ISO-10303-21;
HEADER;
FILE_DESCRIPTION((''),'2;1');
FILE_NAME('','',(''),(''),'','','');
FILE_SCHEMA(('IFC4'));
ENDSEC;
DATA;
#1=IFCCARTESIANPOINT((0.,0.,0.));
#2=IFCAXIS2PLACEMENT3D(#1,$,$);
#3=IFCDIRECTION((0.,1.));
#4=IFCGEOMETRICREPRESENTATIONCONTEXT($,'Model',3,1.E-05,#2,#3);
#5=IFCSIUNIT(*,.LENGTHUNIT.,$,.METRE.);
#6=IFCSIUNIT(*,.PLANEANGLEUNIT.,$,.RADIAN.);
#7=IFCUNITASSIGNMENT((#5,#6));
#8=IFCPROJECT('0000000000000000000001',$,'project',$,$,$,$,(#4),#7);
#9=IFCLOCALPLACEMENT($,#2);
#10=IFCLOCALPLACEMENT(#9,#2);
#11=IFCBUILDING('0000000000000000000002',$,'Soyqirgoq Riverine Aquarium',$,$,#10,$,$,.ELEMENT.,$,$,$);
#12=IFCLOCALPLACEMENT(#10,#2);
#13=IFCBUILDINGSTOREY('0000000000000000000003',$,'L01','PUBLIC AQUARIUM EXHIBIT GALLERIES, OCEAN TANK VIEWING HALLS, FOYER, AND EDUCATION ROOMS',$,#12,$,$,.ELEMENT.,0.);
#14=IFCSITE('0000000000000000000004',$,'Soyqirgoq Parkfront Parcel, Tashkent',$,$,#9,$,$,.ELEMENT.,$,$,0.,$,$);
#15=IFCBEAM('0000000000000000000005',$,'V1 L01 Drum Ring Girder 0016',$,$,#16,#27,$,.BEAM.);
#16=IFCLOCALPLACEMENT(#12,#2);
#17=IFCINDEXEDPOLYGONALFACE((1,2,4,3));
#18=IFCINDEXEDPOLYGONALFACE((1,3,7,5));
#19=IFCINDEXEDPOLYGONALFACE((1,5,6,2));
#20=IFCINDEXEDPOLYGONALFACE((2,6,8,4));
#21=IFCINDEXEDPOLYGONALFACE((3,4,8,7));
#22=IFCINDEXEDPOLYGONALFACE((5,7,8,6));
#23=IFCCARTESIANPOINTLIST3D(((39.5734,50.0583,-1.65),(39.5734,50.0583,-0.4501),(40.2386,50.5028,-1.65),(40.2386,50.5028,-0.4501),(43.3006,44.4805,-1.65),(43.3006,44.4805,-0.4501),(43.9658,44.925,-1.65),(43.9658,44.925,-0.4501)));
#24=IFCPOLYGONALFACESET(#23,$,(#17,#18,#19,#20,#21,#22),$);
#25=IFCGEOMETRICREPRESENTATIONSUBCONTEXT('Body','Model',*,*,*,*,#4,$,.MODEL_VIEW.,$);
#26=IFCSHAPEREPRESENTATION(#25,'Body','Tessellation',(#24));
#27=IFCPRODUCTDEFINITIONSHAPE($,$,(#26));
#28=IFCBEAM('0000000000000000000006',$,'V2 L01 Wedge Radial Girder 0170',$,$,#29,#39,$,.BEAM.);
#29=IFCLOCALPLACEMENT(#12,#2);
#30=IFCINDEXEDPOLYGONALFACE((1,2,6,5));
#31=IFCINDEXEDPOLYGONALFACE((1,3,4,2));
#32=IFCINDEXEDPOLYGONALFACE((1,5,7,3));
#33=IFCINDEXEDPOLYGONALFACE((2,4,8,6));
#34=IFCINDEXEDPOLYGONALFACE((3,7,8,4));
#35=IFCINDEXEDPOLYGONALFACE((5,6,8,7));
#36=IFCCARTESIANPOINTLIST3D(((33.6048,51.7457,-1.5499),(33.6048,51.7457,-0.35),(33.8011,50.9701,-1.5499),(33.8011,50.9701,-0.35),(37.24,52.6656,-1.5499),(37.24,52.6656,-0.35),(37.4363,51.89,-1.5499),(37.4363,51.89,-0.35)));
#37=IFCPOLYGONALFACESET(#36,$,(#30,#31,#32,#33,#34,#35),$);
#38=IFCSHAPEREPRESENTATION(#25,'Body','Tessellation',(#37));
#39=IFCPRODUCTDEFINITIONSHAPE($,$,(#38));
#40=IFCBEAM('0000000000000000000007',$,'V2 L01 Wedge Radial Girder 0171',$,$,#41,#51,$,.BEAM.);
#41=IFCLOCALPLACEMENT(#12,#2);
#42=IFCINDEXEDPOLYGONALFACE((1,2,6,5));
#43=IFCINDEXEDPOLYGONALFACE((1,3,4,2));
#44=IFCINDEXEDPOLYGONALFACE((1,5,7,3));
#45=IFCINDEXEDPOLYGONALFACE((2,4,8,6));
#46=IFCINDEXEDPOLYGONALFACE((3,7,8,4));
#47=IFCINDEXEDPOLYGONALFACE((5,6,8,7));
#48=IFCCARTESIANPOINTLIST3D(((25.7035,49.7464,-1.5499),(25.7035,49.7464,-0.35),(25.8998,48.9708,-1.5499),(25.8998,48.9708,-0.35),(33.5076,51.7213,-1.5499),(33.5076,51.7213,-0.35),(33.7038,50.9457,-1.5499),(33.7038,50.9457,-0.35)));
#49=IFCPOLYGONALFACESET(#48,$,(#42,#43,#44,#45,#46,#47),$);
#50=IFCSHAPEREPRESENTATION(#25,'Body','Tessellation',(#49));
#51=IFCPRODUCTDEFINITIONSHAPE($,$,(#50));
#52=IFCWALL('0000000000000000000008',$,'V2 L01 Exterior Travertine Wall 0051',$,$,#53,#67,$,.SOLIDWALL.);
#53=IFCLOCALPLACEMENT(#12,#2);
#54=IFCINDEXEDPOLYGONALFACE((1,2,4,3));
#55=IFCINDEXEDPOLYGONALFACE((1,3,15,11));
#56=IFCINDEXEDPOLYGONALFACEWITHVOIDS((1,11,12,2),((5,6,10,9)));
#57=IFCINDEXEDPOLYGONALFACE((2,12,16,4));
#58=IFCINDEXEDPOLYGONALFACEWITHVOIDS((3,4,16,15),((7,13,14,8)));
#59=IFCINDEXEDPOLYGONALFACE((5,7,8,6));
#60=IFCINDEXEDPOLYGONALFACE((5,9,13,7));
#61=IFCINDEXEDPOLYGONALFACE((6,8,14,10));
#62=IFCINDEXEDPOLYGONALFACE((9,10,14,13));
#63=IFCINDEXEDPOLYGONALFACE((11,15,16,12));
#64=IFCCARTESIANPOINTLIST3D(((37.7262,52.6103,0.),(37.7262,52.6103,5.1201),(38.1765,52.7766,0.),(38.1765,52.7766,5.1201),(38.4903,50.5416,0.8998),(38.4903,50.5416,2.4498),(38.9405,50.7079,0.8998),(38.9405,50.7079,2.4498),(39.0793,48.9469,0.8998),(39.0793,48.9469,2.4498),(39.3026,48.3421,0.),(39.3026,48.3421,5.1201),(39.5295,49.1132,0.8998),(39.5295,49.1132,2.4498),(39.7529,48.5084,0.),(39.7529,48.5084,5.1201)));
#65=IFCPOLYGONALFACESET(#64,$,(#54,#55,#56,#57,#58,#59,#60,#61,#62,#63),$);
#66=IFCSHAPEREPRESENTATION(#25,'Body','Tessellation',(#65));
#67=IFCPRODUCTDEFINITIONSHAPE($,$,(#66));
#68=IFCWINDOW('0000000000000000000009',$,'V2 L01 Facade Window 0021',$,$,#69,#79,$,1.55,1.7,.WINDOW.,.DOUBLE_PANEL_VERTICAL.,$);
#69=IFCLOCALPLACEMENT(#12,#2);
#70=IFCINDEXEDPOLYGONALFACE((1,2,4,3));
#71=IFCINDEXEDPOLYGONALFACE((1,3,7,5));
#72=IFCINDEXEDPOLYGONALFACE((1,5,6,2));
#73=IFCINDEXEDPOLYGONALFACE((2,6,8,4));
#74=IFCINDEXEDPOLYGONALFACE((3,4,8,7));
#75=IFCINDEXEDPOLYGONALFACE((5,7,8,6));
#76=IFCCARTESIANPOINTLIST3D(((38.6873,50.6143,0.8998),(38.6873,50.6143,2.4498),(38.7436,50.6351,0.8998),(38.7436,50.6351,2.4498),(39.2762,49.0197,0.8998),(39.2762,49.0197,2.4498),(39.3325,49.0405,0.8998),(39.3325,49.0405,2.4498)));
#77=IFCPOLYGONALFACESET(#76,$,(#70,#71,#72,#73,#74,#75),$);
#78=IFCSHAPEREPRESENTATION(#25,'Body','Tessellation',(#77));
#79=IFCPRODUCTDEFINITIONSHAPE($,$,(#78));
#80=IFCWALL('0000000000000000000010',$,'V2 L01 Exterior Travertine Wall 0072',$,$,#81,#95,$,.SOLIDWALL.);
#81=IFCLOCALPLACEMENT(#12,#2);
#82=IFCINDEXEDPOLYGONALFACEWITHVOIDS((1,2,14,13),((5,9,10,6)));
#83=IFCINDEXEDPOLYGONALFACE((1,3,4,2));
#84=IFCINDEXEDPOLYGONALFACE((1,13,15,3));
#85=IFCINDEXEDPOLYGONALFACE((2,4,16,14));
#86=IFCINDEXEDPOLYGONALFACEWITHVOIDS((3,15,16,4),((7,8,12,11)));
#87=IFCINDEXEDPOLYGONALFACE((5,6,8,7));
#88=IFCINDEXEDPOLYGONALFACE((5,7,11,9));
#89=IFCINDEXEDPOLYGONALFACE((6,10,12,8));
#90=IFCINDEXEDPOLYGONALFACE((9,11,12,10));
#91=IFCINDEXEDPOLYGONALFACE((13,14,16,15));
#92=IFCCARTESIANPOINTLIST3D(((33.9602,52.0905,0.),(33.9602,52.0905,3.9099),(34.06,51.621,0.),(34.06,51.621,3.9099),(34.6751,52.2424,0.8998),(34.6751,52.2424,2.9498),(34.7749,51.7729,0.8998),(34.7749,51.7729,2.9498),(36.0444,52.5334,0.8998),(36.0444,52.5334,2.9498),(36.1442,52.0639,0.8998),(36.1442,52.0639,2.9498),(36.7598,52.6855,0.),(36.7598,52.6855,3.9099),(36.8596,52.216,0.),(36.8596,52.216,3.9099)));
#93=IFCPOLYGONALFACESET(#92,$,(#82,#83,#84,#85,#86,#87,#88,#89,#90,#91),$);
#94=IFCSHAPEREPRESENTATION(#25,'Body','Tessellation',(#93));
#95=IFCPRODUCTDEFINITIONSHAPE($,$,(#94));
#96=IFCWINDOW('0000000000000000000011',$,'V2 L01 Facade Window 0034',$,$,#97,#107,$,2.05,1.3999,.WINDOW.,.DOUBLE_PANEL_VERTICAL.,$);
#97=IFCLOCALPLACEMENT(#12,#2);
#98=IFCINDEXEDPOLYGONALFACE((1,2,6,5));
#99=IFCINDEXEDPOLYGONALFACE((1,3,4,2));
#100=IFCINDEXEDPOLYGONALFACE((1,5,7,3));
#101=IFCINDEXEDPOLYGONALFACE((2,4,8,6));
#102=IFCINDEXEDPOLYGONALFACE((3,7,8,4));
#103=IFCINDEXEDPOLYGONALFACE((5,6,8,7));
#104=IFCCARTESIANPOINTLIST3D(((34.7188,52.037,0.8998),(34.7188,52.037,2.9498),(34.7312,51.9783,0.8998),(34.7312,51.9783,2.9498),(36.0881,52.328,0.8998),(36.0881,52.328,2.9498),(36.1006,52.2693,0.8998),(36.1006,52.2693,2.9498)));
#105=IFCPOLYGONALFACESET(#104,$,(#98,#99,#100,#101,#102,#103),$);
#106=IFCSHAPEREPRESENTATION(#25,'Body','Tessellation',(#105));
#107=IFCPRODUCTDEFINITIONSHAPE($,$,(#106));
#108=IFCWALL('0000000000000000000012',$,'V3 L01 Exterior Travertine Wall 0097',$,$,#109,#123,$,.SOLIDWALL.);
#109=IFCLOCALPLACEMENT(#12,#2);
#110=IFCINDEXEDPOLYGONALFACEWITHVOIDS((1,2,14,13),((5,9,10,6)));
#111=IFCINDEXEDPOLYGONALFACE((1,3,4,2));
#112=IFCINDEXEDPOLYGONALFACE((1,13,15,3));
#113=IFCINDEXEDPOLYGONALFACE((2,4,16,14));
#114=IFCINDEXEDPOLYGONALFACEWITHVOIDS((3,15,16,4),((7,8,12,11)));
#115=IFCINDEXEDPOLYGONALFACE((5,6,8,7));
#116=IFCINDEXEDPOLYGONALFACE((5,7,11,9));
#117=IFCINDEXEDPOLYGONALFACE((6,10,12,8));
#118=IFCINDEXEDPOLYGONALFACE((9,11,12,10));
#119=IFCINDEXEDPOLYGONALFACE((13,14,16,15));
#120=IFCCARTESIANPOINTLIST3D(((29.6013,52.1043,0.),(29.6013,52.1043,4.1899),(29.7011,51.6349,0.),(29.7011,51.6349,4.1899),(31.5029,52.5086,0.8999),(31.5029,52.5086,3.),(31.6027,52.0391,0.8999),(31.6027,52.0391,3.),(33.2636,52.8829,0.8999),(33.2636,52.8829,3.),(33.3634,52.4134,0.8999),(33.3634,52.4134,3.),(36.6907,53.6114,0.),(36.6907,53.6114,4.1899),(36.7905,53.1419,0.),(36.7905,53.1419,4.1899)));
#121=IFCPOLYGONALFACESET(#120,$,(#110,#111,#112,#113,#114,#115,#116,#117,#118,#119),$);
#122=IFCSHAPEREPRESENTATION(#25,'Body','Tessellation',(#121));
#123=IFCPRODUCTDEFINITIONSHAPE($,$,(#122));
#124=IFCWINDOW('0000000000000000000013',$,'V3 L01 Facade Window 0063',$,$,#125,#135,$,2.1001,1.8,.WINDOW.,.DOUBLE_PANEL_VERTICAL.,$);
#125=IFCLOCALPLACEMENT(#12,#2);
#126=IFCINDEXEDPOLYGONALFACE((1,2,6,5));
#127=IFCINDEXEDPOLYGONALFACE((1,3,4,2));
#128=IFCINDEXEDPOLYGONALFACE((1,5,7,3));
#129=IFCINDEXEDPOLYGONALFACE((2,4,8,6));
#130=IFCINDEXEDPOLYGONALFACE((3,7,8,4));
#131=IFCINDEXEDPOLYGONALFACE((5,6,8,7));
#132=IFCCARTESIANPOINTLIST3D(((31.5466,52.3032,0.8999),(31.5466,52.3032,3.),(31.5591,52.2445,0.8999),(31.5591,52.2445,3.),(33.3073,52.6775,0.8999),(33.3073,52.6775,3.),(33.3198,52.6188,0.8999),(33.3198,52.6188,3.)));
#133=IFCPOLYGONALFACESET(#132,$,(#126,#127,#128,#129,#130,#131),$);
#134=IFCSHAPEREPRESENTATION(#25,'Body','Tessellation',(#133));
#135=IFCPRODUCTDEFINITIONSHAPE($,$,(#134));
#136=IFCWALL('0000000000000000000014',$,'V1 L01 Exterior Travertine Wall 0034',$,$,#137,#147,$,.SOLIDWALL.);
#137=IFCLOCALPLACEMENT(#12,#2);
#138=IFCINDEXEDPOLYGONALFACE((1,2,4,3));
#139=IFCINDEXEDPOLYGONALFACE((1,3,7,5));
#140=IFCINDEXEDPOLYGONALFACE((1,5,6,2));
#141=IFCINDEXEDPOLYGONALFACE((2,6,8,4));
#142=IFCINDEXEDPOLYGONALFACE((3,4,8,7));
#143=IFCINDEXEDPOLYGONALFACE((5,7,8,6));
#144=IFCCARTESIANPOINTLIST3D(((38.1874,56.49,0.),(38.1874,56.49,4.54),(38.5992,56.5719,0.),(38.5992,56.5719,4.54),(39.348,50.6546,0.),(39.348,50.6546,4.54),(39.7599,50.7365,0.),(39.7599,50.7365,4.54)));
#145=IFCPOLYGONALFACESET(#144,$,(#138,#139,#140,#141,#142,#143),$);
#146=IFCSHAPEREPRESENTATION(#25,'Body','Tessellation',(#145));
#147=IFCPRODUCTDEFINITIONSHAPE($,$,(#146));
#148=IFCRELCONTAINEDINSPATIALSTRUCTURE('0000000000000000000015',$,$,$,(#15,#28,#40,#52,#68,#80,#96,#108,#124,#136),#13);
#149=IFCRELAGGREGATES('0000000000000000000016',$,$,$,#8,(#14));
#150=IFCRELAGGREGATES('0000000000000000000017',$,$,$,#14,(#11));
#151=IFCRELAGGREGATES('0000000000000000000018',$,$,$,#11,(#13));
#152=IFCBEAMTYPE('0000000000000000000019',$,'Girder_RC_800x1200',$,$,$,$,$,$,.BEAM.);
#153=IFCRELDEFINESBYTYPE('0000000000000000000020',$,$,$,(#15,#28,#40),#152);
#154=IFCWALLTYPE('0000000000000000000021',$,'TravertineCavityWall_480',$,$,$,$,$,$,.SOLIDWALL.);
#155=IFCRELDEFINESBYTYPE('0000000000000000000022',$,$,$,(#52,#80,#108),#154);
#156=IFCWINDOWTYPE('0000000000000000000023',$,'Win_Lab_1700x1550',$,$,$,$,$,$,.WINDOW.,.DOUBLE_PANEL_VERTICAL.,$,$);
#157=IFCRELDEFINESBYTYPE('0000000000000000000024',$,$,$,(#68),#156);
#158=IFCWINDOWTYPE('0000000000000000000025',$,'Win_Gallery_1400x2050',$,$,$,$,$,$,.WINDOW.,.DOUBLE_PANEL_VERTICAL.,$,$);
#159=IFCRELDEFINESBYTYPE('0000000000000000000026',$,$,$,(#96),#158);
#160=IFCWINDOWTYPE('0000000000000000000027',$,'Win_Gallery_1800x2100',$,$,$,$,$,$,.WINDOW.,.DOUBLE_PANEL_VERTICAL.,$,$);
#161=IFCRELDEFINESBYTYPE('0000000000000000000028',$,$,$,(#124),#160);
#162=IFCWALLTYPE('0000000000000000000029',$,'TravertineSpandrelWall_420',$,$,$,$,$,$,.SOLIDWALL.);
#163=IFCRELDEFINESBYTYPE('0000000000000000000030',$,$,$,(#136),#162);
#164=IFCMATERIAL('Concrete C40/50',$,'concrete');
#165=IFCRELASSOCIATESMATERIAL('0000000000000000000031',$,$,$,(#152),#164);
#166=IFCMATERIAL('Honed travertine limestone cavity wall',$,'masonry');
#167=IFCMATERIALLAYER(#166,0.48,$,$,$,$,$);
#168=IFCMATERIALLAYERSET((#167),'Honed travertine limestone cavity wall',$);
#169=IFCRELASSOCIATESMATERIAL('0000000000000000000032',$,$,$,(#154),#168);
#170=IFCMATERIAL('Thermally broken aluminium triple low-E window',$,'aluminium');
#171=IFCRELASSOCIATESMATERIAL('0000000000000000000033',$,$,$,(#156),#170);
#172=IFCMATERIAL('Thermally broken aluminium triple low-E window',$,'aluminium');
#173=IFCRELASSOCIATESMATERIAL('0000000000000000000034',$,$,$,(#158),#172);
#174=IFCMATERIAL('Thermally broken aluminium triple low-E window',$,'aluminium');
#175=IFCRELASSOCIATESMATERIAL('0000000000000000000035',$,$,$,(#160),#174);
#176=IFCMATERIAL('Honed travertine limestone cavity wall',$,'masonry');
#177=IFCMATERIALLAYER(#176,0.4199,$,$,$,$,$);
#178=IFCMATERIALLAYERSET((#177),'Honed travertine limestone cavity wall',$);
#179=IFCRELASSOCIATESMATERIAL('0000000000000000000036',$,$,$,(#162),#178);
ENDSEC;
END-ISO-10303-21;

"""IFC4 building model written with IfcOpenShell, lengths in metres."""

from ifc_helpers import new_model, si_unit, direction, frame, frame_2d, origin, origin_2d, place, context, subcontext, project, spatial, rectangle, extrude, material, layer, layer_set, material_profile, profile_set, type_object, element, fill, save


model = new_model("IFC4")

# Units and contexts
model_context = context("Model", 3, precision=1e-05, world=origin(), true_north=direction((0.0, 1.0)))
body_context = subcontext(model_context, "Body", "Model", "MODEL_VIEW")
ifc_project = project(units=[si_unit("LENGTHUNIT", "METRE"), si_unit("PLANEANGLEUNIT", "RADIAN")], contexts=[model_context])

# Site, building, storey
site_placement = place(None, origin())
site = spatial("IfcSite", under=ifc_project, at=site_placement, Name="Soyqirgoq Parkfront Parcel, Tashkent", CompositionType="ELEMENT", RefElevation=0.0)
building_placement = place(site_placement, origin())
building = spatial("IfcBuilding", under=site, at=building_placement, Name="Soyqirgoq Riverine Aquarium", CompositionType="ELEMENT")
storey_placement = place(building_placement, origin())
storey = spatial("IfcBuildingStorey", under=building, at=storey_placement, Name="L01", Description="PUBLIC AQUARIUM EXHIBIT GALLERIES, OCEAN TANK VIEWING HALLS, FOYER, AND EDUCATION ROOMS", CompositionType="ELEMENT", Elevation=0.0)

# Beams
ifc_material_1 = material(Name="Concrete C40/50", Category="concrete")
ifc_material_profile_1 = material_profile(ifc_material_1, rectangle(XDim=0.8, YDim=1.2, at=origin_2d()), Name="RC 800x1200")
ifc_profile_set_1 = profile_set([ifc_material_profile_1], Name="Concrete C40/50")
beam_type_1 = type_object("IfcBeamType", Name="Girder_RC_800x1200", PredefinedType="BEAM", material=ifc_profile_set_1)
beam_1_placement = place(storey_placement, frame((39.906, 50.2805, -1.05), z_axis=(0.555598, -0.831451, 0.0), x_axis=(0.831451, 0.555598, 0.0)))
element("IfcBeam", 1, at=beam_1_placement, inside=storey, type_object=beam_type_1, Name="V1 L01 Drum Ring Girder 0016", PredefinedType="BEAM", context=body_context, shape_type="SweptSolid", body=[
    extrude(rectangle(XDim=0.8, YDim=1.2, at=origin_2d()), origin(), (0.0, 0.0, 1.0), 6.7085),
])
beam_2_placement = place(storey_placement, frame((37.3381, 52.2778, -0.95), z_axis=(-0.969441, -0.245323, 0.0), x_axis=(0.245323, -0.969441, 0.0)))
element("IfcBeam", 2, at=beam_2_placement, inside=storey, type_object=beam_type_1, Name="V2 L01 Wedge Radial Girder 0170", PredefinedType="BEAM", context=body_context, shape_type="SweptSolid", body=[
    extrude(rectangle(XDim=0.8, YDim=1.2, at=origin_2d()), origin(), (0.0, 0.0, 1.0), 3.7498),
])
beam_3_placement = place(storey_placement, frame((33.6057, 51.3335, -0.95), z_axis=(-0.969441, -0.245325, 0.0), x_axis=(0.245325, -0.969441, 0.0)))
element("IfcBeam", 3, at=beam_3_placement, inside=storey, type_object=beam_type_1, Name="V2 L01 Wedge Radial Girder 0171", PredefinedType="BEAM", context=body_context, shape_type="SweptSolid", body=[
    extrude(rectangle(XDim=0.8, YDim=1.2, at=origin_2d()), origin(), (0.0, 0.0, 1.0), 8.05),
])

# Walls, openings, windows
ifc_material_2 = material(Name="Honed travertine limestone cavity wall", Category="masonry")
ifc_layer_1 = layer(ifc_material_2, 0.48)
ifc_layer_set_1 = layer_set([ifc_layer_1], Name="Honed travertine limestone cavity wall")
wall_type_1 = type_object("IfcWallType", Name="TravertineCavityWall_480", PredefinedType="SOLIDWALL", material=ifc_layer_set_1)
wall_1_placement = place(storey_placement, frame((37.9514, 52.6934, 0.0), z_axis=(0.0, 0.0, 1.0), x_axis=(0.346456, -0.938066, 0.0)))
wall_1 = element("IfcWall", 4, at=wall_1_placement, inside=storey, type_object=wall_type_1, Name="V2 L01 Exterior Travertine Wall 0051", PredefinedType="SOLIDWALL", context=body_context, shape_type="SweptSolid", body=[
    extrude(rectangle(XDim=4.55, YDim=0.48, at=frame_2d((2.2749, 0.0))), origin(), (0.0, 0.0, 1.0), 5.1201),
])
opening_1_placement = place(wall_1_placement, frame((2.2051, 0.0, 0.8999)))
opening_1 = element("IfcOpeningElement", 5, at=opening_1_placement, cuts=wall_1, PredefinedType="OPENING", context=body_context, shape_type="SweptSolid", body=[
    extrude(rectangle(XDim=1.7, YDim=1.55, at=frame_2d((0.8501, 0.7749))), frame((0.0, 0.25, 0.0), z_axis=(0.0, -1.0, 0.0), x_axis=(1.0, 0.0, 0.0)), (0.0, 0.0, 1.0), 0.5),
])
ifc_material_3 = material(Name="Thermally broken aluminium triple low-E window", Category="aluminium")
window_type_1 = type_object("IfcWindowType", Name="Win_Lab_1700x1550", PartitioningType="DOUBLE_PANEL_VERTICAL", PredefinedType="WINDOW", material=ifc_material_3)
window_1_placement = place(opening_1_placement, origin())
window_1 = element("IfcWindow", 6, at=window_1_placement, inside=storey, type_object=window_type_1, Name="V2 L01 Facade Window 0021", OverallHeight=1.55, OverallWidth=1.7, PartitioningType="DOUBLE_PANEL_VERTICAL", PredefinedType="WINDOW", context=body_context, shape_type="SweptSolid", body=[
    extrude(rectangle(XDim=1.7, YDim=1.55, at=frame_2d((0.8501, 0.7749))), frame((0.0, 0.03, 0.0), z_axis=(0.0, -1.0, 0.0), x_axis=(1.0, 0.0, 0.0)), (0.0, 0.0, 1.0), 0.0601),
])
fill(opening_1, window_1)
wall_2_placement = place(storey_placement, frame((34.01, 51.8557, 0.0), z_axis=(0.0, 0.0, 1.0), x_axis=(0.978154, 0.20788, 0.0)))
wall_2 = element("IfcWall", 7, at=wall_2_placement, inside=storey, type_object=wall_type_1, Name="V2 L01 Exterior Travertine Wall 0072", PredefinedType="SOLIDWALL", context=body_context, shape_type="SweptSolid", body=[
    extrude(rectangle(XDim=2.8621, YDim=0.48, at=frame_2d((1.4312, 0.0))), origin(), (0.0, 0.0, 1.0), 3.9099),
])
opening_2_placement = place(wall_2_placement, frame((0.731, 0.0, 0.8999)))
opening_2 = element("IfcOpeningElement", 8, at=opening_2_placement, cuts=wall_2, PredefinedType="OPENING", context=body_context, shape_type="SweptSolid", body=[
    extrude(rectangle(XDim=1.3999, YDim=2.05, at=frame_2d((0.7, 1.0249))), frame((0.0, 0.25, 0.0), z_axis=(0.0, -1.0, 0.0), x_axis=(1.0, 0.0, 0.0)), (0.0, 0.0, 1.0), 0.5),
])
ifc_material_4 = material(Name="Thermally broken aluminium triple low-E window", Category="aluminium")
window_type_2 = type_object("IfcWindowType", Name="Win_Gallery_1400x2050", PartitioningType="DOUBLE_PANEL_VERTICAL", PredefinedType="WINDOW", material=ifc_material_4)
window_2_placement = place(opening_2_placement, origin())
window_2 = element("IfcWindow", 9, at=window_2_placement, inside=storey, type_object=window_type_2, Name="V2 L01 Facade Window 0034", OverallHeight=2.05, OverallWidth=1.3999, PartitioningType="DOUBLE_PANEL_VERTICAL", PredefinedType="WINDOW", context=body_context, shape_type="SweptSolid", body=[
    extrude(rectangle(XDim=1.3999, YDim=2.05, at=frame_2d((0.7, 1.0249))), frame((0.0, 0.03, 0.0), z_axis=(0.0, -1.0, 0.0), x_axis=(1.0, 0.0, 0.0)), (0.0, 0.0, 1.0), 0.0601),
])
fill(opening_2, window_2)
wall_3_placement = place(storey_placement, frame((36.7407, 53.3767, 0.0), z_axis=(0.0, 0.0, 1.0), x_axis=(-0.978142, -0.207937, 0.0)))
wall_3 = element("IfcWall", 10, at=wall_3_placement, inside=storey, type_object=wall_type_1, Name="V3 L01 Exterior Travertine Wall 0097", PredefinedType="SOLIDWALL", context=body_context, shape_type="SweptSolid", body=[
    extrude(rectangle(XDim=7.2478, YDim=0.48, at=frame_2d((3.624, 0.0))), origin(), (0.0, 0.0, 1.0), 4.1899),
])
opening_3_placement = place(wall_3_placement, frame((3.5039, 0.0, 0.8999)))
opening_3 = element("IfcOpeningElement", 11, at=opening_3_placement, cuts=wall_3, PredefinedType="OPENING", context=body_context, shape_type="SweptSolid", body=[
    extrude(rectangle(XDim=1.8, YDim=2.1001, at=frame_2d((0.8999, 1.05))), frame((0.0, 0.25, 0.0), z_axis=(0.0, -1.0, 0.0), x_axis=(1.0, 0.0, 0.0)), (0.0, 0.0, 1.0), 0.5),
])
ifc_material_5 = material(Name="Thermally broken aluminium triple low-E window", Category="aluminium")
window_type_3 = type_object("IfcWindowType", Name="Win_Gallery_1800x2100", PartitioningType="DOUBLE_PANEL_VERTICAL", PredefinedType="WINDOW", material=ifc_material_5)
window_3_placement = place(opening_3_placement, origin())
window_3 = element("IfcWindow", 12, at=window_3_placement, inside=storey, type_object=window_type_3, Name="V3 L01 Facade Window 0063", OverallHeight=2.1001, OverallWidth=1.8, PartitioningType="DOUBLE_PANEL_VERTICAL", PredefinedType="WINDOW", context=body_context, shape_type="SweptSolid", body=[
    extrude(rectangle(XDim=1.8, YDim=2.1001, at=frame_2d((0.8999, 1.05))), frame((0.0, 0.03, 0.0), z_axis=(0.0, -1.0, 0.0), x_axis=(1.0, 0.0, 0.0)), (0.0, 0.0, 1.0), 0.0601),
])
fill(opening_3, window_3)

# Wall
ifc_material_6 = material(Name="Honed travertine limestone cavity wall", Category="masonry")
ifc_layer_2 = layer(ifc_material_6, 0.4199)
ifc_layer_set_2 = layer_set([ifc_layer_2], Name="Honed travertine limestone cavity wall")
wall_type_2 = type_object("IfcWallType", Name="TravertineSpandrelWall_420", PredefinedType="SOLIDWALL", material=ifc_layer_set_2)
wall_4_placement = place(storey_placement, frame((39.554, 50.6956, 0.0), z_axis=(0.0, 0.0, 1.0), x_axis=(-0.195074, 0.980788, 0.0)))
element("IfcWall", 13, at=wall_4_placement, inside=storey, type_object=wall_type_2, Name="V1 L01 Exterior Travertine Wall 0034", PredefinedType="SOLIDWALL", context=body_context, shape_type="SweptSolid", body=[
    extrude(rectangle(XDim=5.9497, YDim=0.4199, at=frame_2d((2.9749, 0.0))), origin(), (0.0, 0.0, 1.0), 4.54),
])

save(model, "model.ifc")
